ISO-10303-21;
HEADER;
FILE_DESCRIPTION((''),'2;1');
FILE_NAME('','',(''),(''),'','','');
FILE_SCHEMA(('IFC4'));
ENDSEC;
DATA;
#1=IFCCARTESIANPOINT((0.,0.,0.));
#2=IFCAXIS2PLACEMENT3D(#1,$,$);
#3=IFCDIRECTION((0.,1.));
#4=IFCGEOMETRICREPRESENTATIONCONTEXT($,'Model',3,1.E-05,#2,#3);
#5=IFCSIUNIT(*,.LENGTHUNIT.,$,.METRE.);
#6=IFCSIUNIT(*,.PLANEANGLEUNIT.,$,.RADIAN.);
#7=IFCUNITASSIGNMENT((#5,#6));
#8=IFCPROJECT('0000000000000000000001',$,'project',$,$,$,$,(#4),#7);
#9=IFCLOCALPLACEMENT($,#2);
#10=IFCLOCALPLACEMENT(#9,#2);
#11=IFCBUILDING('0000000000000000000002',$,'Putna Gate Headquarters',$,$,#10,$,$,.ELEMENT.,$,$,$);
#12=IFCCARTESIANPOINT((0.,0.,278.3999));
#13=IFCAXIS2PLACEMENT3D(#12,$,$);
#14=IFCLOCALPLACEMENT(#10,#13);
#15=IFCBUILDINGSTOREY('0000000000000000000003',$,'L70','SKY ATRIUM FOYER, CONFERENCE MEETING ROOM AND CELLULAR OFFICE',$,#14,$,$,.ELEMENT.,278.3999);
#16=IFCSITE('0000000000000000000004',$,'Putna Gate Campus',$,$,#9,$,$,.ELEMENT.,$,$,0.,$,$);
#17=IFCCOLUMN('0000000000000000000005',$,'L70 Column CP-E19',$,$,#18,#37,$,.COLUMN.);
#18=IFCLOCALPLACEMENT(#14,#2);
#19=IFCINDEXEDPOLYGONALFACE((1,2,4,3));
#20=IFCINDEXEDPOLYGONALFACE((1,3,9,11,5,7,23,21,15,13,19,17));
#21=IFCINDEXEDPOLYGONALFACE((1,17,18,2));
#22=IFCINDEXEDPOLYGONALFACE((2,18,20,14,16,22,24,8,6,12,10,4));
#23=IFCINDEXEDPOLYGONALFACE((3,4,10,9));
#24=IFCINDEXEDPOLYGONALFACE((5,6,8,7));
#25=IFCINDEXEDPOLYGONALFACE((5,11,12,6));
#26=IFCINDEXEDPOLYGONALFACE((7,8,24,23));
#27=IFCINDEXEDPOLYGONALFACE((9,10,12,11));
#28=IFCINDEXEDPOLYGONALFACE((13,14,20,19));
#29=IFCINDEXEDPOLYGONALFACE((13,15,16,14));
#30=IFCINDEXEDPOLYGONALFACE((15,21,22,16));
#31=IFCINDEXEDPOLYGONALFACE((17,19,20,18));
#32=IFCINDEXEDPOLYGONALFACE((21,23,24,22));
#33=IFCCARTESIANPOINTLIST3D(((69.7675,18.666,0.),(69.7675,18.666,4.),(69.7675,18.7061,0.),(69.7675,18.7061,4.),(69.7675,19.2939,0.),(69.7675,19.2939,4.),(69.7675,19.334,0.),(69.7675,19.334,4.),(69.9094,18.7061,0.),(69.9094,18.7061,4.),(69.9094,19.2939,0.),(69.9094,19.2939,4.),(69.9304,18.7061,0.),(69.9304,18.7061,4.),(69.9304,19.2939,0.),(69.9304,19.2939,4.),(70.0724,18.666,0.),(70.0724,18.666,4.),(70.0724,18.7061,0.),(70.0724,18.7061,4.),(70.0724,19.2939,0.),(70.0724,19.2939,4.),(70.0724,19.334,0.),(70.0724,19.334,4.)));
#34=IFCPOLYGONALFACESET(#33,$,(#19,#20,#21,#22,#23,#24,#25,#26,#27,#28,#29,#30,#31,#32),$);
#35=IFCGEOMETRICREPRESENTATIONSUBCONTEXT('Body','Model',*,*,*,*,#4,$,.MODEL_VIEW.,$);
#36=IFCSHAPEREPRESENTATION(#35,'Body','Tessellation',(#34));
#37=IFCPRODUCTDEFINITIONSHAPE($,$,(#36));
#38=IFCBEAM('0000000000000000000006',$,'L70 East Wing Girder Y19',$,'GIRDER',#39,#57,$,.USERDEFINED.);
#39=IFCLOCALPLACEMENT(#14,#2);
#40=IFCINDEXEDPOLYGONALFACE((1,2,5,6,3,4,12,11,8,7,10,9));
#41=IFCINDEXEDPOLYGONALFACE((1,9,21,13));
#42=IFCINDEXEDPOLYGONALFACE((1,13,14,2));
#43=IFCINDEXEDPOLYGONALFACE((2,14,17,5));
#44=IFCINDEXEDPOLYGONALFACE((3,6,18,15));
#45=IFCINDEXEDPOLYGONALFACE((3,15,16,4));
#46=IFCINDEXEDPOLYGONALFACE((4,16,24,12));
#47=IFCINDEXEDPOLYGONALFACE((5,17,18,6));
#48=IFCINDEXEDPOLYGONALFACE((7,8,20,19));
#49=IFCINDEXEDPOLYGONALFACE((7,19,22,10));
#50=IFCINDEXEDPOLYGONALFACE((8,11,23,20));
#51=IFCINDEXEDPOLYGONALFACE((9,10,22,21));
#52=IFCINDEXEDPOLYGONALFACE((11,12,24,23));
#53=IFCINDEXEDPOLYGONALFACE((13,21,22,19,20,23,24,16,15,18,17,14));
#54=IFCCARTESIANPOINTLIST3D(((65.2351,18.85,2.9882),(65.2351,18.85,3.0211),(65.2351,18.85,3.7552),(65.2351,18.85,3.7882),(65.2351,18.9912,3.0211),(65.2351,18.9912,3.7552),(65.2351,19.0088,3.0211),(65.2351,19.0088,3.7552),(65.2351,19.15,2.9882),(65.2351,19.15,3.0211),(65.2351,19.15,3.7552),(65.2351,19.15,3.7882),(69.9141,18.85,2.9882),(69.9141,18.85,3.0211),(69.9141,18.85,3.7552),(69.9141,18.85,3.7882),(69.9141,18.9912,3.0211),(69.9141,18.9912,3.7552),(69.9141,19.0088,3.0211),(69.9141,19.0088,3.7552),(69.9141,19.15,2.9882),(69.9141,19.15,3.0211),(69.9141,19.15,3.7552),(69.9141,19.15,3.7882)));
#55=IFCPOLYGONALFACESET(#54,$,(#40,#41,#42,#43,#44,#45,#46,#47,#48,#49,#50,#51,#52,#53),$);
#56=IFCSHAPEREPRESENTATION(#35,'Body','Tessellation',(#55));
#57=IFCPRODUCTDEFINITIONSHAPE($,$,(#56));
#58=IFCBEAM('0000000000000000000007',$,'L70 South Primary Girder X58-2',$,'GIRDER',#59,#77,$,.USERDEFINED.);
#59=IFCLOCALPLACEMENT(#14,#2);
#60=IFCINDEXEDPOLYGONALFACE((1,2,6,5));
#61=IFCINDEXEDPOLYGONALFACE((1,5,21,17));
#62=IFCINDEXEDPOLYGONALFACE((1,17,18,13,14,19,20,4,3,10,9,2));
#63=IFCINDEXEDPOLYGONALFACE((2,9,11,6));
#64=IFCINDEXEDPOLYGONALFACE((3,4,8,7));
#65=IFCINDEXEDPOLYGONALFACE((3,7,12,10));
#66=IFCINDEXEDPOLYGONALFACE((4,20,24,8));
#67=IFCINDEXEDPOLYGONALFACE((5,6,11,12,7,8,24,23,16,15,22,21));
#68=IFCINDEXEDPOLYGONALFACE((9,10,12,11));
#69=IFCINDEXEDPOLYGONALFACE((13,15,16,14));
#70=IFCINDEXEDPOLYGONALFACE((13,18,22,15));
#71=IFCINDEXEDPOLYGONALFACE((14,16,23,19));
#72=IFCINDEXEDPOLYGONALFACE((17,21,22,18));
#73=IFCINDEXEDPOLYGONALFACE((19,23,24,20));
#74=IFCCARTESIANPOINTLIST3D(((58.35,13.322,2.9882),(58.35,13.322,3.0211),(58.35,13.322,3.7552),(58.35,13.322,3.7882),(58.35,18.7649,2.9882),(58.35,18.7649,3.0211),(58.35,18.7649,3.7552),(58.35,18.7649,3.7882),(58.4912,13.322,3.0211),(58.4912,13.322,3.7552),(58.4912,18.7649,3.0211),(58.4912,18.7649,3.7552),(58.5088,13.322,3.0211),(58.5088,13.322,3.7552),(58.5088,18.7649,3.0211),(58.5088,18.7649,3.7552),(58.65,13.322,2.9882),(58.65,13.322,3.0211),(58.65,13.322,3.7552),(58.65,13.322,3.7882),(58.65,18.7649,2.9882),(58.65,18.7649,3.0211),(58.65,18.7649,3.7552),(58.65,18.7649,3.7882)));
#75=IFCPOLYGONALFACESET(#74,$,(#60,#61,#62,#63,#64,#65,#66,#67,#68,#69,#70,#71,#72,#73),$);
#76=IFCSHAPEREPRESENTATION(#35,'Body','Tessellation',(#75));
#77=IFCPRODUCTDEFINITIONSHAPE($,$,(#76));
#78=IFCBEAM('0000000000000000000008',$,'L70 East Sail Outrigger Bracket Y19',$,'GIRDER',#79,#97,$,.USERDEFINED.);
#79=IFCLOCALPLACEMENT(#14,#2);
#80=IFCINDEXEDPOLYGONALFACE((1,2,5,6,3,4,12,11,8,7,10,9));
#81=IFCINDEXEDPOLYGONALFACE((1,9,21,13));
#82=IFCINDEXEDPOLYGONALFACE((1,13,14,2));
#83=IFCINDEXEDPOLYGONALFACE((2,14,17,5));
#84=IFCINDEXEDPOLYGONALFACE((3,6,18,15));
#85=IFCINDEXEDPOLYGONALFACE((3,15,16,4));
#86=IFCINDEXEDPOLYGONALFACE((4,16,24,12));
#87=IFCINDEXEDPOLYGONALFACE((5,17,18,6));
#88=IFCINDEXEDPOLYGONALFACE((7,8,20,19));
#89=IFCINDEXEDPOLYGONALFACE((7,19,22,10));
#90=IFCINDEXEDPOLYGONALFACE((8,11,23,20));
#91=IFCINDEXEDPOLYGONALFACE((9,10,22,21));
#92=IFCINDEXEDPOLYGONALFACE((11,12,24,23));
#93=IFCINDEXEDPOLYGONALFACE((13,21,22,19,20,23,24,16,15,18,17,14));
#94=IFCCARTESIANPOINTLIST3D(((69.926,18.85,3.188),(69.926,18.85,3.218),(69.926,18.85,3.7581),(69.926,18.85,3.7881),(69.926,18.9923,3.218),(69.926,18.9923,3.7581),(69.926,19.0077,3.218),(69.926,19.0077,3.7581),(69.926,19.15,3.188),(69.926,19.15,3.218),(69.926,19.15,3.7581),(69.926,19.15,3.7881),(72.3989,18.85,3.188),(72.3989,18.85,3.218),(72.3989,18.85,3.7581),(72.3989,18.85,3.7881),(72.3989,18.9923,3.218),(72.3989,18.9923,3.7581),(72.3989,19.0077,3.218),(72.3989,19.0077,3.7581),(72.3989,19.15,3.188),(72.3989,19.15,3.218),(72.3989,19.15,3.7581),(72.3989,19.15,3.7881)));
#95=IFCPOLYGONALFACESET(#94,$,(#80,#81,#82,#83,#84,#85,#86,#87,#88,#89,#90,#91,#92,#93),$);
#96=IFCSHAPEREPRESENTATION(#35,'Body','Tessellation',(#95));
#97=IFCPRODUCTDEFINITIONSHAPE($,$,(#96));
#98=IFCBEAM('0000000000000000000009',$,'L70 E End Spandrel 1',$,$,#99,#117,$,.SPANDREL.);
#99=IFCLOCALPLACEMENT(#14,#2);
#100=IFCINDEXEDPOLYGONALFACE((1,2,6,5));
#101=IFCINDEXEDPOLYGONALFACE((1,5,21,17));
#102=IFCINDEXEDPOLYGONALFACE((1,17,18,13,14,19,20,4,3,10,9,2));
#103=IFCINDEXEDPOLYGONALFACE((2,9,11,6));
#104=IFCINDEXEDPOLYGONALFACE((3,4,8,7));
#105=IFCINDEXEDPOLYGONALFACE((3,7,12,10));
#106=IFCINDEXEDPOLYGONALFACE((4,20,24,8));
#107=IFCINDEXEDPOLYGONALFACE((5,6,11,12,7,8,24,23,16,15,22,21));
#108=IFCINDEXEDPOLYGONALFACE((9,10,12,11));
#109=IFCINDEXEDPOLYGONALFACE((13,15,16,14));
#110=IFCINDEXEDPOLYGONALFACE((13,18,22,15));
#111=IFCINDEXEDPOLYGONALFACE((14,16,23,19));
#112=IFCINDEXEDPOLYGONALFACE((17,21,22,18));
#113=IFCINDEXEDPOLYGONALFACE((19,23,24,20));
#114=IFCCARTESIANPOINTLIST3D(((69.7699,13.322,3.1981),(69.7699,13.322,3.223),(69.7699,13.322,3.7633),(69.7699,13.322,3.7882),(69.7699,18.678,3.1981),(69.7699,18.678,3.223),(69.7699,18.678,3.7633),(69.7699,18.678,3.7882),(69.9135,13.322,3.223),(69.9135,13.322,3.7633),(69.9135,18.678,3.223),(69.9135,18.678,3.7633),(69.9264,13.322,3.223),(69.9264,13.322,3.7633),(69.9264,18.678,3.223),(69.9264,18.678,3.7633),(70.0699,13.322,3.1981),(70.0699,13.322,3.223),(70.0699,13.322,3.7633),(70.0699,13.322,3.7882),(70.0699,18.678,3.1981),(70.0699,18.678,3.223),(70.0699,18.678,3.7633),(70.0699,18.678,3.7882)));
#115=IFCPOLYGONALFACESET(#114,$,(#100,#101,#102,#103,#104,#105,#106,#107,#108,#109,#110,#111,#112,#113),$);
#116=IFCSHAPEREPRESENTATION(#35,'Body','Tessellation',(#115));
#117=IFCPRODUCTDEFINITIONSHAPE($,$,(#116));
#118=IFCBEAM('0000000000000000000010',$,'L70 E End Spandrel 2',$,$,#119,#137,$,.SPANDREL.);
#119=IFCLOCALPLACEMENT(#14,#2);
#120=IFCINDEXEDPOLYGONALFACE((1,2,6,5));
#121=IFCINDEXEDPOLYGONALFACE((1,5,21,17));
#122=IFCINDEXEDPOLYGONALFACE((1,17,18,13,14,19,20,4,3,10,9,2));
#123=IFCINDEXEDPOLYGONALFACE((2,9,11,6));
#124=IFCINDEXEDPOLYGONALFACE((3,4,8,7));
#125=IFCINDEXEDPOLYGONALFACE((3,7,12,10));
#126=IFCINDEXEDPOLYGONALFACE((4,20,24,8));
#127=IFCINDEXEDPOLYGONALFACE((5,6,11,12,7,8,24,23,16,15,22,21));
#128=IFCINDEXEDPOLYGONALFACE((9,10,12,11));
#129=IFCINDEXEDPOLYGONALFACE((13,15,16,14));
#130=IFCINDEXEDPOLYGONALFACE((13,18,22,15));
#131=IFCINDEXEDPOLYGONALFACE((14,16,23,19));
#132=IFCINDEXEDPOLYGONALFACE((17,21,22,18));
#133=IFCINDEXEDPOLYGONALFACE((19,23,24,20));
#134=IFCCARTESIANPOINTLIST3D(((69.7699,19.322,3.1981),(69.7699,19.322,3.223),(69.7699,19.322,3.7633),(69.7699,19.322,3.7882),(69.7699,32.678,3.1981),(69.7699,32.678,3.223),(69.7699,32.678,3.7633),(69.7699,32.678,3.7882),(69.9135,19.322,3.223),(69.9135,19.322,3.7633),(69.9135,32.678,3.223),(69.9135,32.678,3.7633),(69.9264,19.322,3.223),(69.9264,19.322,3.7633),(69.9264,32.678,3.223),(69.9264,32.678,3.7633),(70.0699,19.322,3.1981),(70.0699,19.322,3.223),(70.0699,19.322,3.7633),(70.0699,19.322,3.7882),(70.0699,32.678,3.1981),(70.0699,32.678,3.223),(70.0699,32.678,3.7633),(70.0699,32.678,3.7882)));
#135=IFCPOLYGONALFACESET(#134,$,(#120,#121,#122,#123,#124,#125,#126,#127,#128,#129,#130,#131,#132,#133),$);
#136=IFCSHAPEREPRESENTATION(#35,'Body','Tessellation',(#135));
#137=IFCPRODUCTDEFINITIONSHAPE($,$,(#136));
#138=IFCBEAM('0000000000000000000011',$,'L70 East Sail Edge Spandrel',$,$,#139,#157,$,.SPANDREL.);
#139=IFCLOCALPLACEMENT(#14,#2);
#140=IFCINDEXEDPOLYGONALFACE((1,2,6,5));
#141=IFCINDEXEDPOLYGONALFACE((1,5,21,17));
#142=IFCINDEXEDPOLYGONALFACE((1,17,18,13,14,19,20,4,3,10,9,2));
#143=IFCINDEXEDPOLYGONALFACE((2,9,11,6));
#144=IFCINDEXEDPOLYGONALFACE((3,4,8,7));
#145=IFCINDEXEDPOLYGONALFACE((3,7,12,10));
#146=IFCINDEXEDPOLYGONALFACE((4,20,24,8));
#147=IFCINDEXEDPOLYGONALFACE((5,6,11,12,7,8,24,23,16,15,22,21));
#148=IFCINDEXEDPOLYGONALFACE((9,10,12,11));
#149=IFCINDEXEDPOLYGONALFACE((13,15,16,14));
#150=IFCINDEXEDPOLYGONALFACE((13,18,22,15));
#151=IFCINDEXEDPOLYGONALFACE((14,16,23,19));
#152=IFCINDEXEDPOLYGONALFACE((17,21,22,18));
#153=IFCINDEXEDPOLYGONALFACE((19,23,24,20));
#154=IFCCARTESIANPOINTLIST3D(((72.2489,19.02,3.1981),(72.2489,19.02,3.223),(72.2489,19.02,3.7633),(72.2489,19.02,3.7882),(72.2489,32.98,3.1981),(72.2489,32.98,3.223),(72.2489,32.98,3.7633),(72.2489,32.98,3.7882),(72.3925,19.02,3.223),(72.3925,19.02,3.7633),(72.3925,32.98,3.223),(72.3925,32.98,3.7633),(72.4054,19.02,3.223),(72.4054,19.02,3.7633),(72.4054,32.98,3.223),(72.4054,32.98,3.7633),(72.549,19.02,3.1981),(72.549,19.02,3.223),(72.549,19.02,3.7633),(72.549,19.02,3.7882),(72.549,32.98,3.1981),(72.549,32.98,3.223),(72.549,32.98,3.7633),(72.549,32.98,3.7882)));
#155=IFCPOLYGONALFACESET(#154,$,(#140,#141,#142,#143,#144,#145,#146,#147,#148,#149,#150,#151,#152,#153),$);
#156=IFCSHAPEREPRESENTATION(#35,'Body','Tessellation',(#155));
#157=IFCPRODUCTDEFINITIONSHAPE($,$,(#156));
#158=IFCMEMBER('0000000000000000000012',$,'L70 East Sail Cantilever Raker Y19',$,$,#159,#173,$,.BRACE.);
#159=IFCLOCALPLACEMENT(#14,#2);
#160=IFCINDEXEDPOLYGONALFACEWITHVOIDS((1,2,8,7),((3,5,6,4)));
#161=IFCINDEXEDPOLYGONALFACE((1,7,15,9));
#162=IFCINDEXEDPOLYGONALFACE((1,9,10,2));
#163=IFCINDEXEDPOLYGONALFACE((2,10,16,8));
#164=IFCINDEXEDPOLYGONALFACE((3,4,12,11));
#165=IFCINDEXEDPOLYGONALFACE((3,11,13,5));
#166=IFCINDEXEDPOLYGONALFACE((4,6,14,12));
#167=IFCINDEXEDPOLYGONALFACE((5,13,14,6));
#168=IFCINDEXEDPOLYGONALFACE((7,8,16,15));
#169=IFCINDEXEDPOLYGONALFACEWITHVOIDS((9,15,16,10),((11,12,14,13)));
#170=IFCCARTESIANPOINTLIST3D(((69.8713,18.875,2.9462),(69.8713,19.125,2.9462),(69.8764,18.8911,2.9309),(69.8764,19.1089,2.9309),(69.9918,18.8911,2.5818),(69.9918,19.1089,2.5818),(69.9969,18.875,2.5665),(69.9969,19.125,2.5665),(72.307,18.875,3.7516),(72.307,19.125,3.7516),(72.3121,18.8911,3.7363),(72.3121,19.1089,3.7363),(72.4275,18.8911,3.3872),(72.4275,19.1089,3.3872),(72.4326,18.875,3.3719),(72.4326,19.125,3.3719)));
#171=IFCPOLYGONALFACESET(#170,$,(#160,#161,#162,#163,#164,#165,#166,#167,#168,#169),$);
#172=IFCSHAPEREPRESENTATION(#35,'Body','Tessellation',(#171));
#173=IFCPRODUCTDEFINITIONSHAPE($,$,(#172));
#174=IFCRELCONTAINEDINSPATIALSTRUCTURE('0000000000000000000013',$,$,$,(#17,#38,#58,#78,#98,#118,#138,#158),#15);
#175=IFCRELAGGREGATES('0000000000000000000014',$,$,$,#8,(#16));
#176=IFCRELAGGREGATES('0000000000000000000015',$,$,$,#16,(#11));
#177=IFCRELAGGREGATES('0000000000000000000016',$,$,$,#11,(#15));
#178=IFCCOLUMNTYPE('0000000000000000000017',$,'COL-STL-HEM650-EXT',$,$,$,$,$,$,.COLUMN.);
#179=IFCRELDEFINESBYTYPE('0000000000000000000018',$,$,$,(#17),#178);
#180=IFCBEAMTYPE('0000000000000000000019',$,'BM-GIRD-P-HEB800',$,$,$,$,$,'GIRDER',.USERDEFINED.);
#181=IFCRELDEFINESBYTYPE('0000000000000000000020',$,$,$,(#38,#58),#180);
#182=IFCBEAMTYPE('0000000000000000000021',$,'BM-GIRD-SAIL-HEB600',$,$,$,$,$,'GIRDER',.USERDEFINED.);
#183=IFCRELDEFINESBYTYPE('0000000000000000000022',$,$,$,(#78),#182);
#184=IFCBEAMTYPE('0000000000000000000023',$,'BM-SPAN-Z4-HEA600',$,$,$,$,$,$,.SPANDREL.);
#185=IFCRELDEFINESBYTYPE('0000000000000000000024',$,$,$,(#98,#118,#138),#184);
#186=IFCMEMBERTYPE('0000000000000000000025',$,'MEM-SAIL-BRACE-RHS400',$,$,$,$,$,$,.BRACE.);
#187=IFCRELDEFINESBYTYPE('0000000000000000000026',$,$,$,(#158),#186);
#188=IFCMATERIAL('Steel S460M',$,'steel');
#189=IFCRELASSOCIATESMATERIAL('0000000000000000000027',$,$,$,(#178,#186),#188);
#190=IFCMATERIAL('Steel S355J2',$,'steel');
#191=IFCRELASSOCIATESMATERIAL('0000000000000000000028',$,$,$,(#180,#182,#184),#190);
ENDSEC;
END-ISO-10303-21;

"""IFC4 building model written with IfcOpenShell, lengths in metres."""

from ifc_helpers import new_model, si_unit, direction, frame, origin, origin_2d, place, context, subcontext, project, spatial, hollow_rectangle, i_section, extrude, material, material_profile, profile_set, type_object, element, save


model = new_model("IFC4")

# Units and contexts
model_context = context("Model", 3, precision=1e-05, world=origin(), true_north=direction((0.0, 1.0)))
body_context = subcontext(model_context, "Body", "Model", "MODEL_VIEW")
ifc_project = project(units=[si_unit("LENGTHUNIT", "METRE"), si_unit("PLANEANGLEUNIT", "RADIAN")], contexts=[model_context])

# Site, building, storey
site_placement = place(None, origin())
site = spatial("IfcSite", under=ifc_project, at=site_placement, Name="Putna Gate Campus", CompositionType="ELEMENT", RefElevation=0.0)
building_placement = place(site_placement, origin())
building = spatial("IfcBuilding", under=site, at=building_placement, Name="Putna Gate Headquarters", CompositionType="ELEMENT")
storey_placement = place(building_placement, frame((0.0, 0.0, 278.3999)))
storey = spatial("IfcBuildingStorey", under=building, at=storey_placement, Name="L70", Description="SKY ATRIUM FOYER, CONFERENCE MEETING ROOM AND CELLULAR OFFICE", CompositionType="ELEMENT", Elevation=278.3999)

# Column
ifc_material_1 = material(Name="Steel S460M", Category="steel")
ifc_material_profile_1 = material_profile(ifc_material_1, i_section(OverallWidth=0.3049, OverallDepth=0.668, WebThickness=0.021, FlangeThickness=0.04, at=origin_2d()), Name="Steel S460M")
ifc_profile_set_1 = profile_set([ifc_material_profile_1], Name="Steel S460M")
column_type = type_object("IfcColumnType", Name="COL-STL-HEM650-EXT", PredefinedType="COLUMN", material=ifc_profile_set_1)
column_placement = place(storey_placement, frame((69.9199, 19.0, 0.0), z_axis=(0.0, 0.0, 1.0), x_axis=(1.0, 0.0, 0.0)))
element("IfcColumn", 1, at=column_placement, inside=storey, type_object=column_type, Name="L70 Column CP-E19", PredefinedType="COLUMN", context=body_context, shape_type="SweptSolid", body=[
    extrude(i_section(OverallWidth=0.3049, OverallDepth=0.668, WebThickness=0.021, FlangeThickness=0.04, at=origin_2d()), origin(), (0.0, 0.0, 1.0), 4.0),
])

# Beams
ifc_material_2 = material(Name="Steel S355J2", Category="steel")
ifc_material_profile_2 = material_profile(ifc_material_2, i_section(OverallWidth=0.3, OverallDepth=0.8, WebThickness=0.0176, FlangeThickness=0.033, at=origin_2d()), Name="Steel S355J2")
ifc_profile_set_2 = profile_set([ifc_material_profile_2], Name="Steel S355J2")
beam_type_1 = type_object("IfcBeamType", Name="BM-GIRD-P-HEB800", ElementType="GIRDER", PredefinedType="USERDEFINED", material=ifc_profile_set_2)
beam_1_placement = place(storey_placement, frame((65.2351, 19.0, 3.3882), z_axis=(1.0, 0.0, 0.0), x_axis=(0.0, 1.0, 0.0)))
element("IfcBeam", 2, at=beam_1_placement, inside=storey, type_object=beam_type_1, Name="L70 East Wing Girder Y19", ObjectType="GIRDER", PredefinedType="USERDEFINED", context=body_context, shape_type="SweptSolid", body=[
    extrude(i_section(OverallWidth=0.3, OverallDepth=0.8, WebThickness=0.0176, FlangeThickness=0.033, at=origin_2d()), origin(), (0.0, 0.0, 1.0), 4.679),
])
beam_2_placement = place(storey_placement, frame((58.5, 13.322, 3.3882), z_axis=(0.0, 1.0, 0.0), x_axis=(-1.0, 0.0, 0.0)))
element("IfcBeam", 3, at=beam_2_placement, inside=storey, type_object=beam_type_1, Name="L70 South Primary Girder X58-2", ObjectType="GIRDER", PredefinedType="USERDEFINED", context=body_context, shape_type="SweptSolid", body=[
    extrude(i_section(OverallWidth=0.3, OverallDepth=0.8, WebThickness=0.0176, FlangeThickness=0.033, at=origin_2d()), origin(), (0.0, 0.0, 1.0), 5.4429),
])
ifc_material_profile_3 = material_profile(ifc_material_2, i_section(OverallWidth=0.3, OverallDepth=0.6001, WebThickness=0.0154, FlangeThickness=0.03, at=origin_2d()), Name="Steel S355J2")
ifc_profile_set_3 = profile_set([ifc_material_profile_3], Name="Steel S355J2")
beam_type_2 = type_object("IfcBeamType", Name="BM-GIRD-SAIL-HEB600", ElementType="GIRDER", PredefinedType="USERDEFINED", material=ifc_profile_set_3)
beam_3_placement = place(storey_placement, frame((69.926, 19.0, 3.488), z_axis=(1.0, 0.0, 0.0), x_axis=(0.0, 1.0, 0.0)))
element("IfcBeam", 4, at=beam_3_placement, inside=storey, type_object=beam_type_2, Name="L70 East Sail Outrigger Bracket Y19", ObjectType="GIRDER", PredefinedType="USERDEFINED", context=body_context, shape_type="SweptSolid", body=[
    extrude(i_section(OverallWidth=0.3, OverallDepth=0.6001, WebThickness=0.0154, FlangeThickness=0.03, at=origin_2d()), origin(), (0.0, 0.0, 1.0), 2.4729),
])
ifc_material_profile_4 = material_profile(ifc_material_2, i_section(OverallWidth=0.3, OverallDepth=0.5901, WebThickness=0.0129, FlangeThickness=0.0249, at=origin_2d()), Name="Steel S355J2")
ifc_profile_set_4 = profile_set([ifc_material_profile_4], Name="Steel S355J2")
beam_type_3 = type_object("IfcBeamType", Name="BM-SPAN-Z4-HEA600", PredefinedType="SPANDREL", material=ifc_profile_set_4)
beam_4_placement = place(storey_placement, frame((69.9199, 13.322, 3.4932), z_axis=(0.0, 1.0, 0.0), x_axis=(-1.0, 0.0, 0.0)))
element("IfcBeam", 5, at=beam_4_placement, inside=storey, type_object=beam_type_3, Name="L70 E End Spandrel 1", PredefinedType="SPANDREL", context=body_context, shape_type="SweptSolid", body=[
    extrude(i_section(OverallWidth=0.3, OverallDepth=0.5901, WebThickness=0.0129, FlangeThickness=0.0249, at=origin_2d()), origin(), (0.0, 0.0, 1.0), 5.356),
])
beam_5_placement = place(storey_placement, frame((69.9199, 19.322, 3.4932), z_axis=(0.0, 1.0, 0.0), x_axis=(-1.0, 0.0, 0.0)))
element("IfcBeam", 6, at=beam_5_placement, inside=storey, type_object=beam_type_3, Name="L70 E End Spandrel 2", PredefinedType="SPANDREL", context=body_context, shape_type="SweptSolid", body=[
    extrude(i_section(OverallWidth=0.3, OverallDepth=0.5901, WebThickness=0.0129, FlangeThickness=0.0249, at=origin_2d()), origin(), (0.0, 0.0, 1.0), 13.356),
])
beam_6_placement = place(storey_placement, frame((72.3989, 19.02, 3.4932), z_axis=(0.0, 1.0, 0.0), x_axis=(-1.0, 0.0, 0.0)))
element("IfcBeam", 7, at=beam_6_placement, inside=storey, type_object=beam_type_3, Name="L70 East Sail Edge Spandrel", PredefinedType="SPANDREL", context=body_context, shape_type="SweptSolid", body=[
    extrude(i_section(OverallWidth=0.3, OverallDepth=0.5901, WebThickness=0.0129, FlangeThickness=0.0249, at=origin_2d()), origin(), (0.0, 0.0, 1.0), 13.96),
])

# Member
ifc_material_profile_5 = material_profile(ifc_material_1, hollow_rectangle(XDim=0.25, YDim=0.3999, WallThickness=0.0161, at=origin_2d()), Name="Steel S460M")
ifc_profile_set_5 = profile_set([ifc_material_profile_5], Name="Steel S460M")
member_type_1 = type_object("IfcMemberType", Name="MEM-SAIL-BRACE-RHS400", PredefinedType="BRACE", material=ifc_profile_set_5)
member_1_placement = place(storey_placement, frame((69.9341, 19.0, 2.7563), z_axis=(0.949442, 0.0, 0.313943), x_axis=(0.0, 1.0, 0.0)))
element("IfcMember", 8, at=member_1_placement, inside=storey, type_object=member_type_1, Name="L70 East Sail Cantilever Raker Y19", PredefinedType="BRACE", context=body_context, shape_type="SweptSolid", body=[
    extrude(hollow_rectangle(XDim=0.25, YDim=0.3999, WallThickness=0.0161, at=origin_2d()), origin(), (0.0, 0.0, 1.0), 2.5654),
])

save(model, "model.ifc")
